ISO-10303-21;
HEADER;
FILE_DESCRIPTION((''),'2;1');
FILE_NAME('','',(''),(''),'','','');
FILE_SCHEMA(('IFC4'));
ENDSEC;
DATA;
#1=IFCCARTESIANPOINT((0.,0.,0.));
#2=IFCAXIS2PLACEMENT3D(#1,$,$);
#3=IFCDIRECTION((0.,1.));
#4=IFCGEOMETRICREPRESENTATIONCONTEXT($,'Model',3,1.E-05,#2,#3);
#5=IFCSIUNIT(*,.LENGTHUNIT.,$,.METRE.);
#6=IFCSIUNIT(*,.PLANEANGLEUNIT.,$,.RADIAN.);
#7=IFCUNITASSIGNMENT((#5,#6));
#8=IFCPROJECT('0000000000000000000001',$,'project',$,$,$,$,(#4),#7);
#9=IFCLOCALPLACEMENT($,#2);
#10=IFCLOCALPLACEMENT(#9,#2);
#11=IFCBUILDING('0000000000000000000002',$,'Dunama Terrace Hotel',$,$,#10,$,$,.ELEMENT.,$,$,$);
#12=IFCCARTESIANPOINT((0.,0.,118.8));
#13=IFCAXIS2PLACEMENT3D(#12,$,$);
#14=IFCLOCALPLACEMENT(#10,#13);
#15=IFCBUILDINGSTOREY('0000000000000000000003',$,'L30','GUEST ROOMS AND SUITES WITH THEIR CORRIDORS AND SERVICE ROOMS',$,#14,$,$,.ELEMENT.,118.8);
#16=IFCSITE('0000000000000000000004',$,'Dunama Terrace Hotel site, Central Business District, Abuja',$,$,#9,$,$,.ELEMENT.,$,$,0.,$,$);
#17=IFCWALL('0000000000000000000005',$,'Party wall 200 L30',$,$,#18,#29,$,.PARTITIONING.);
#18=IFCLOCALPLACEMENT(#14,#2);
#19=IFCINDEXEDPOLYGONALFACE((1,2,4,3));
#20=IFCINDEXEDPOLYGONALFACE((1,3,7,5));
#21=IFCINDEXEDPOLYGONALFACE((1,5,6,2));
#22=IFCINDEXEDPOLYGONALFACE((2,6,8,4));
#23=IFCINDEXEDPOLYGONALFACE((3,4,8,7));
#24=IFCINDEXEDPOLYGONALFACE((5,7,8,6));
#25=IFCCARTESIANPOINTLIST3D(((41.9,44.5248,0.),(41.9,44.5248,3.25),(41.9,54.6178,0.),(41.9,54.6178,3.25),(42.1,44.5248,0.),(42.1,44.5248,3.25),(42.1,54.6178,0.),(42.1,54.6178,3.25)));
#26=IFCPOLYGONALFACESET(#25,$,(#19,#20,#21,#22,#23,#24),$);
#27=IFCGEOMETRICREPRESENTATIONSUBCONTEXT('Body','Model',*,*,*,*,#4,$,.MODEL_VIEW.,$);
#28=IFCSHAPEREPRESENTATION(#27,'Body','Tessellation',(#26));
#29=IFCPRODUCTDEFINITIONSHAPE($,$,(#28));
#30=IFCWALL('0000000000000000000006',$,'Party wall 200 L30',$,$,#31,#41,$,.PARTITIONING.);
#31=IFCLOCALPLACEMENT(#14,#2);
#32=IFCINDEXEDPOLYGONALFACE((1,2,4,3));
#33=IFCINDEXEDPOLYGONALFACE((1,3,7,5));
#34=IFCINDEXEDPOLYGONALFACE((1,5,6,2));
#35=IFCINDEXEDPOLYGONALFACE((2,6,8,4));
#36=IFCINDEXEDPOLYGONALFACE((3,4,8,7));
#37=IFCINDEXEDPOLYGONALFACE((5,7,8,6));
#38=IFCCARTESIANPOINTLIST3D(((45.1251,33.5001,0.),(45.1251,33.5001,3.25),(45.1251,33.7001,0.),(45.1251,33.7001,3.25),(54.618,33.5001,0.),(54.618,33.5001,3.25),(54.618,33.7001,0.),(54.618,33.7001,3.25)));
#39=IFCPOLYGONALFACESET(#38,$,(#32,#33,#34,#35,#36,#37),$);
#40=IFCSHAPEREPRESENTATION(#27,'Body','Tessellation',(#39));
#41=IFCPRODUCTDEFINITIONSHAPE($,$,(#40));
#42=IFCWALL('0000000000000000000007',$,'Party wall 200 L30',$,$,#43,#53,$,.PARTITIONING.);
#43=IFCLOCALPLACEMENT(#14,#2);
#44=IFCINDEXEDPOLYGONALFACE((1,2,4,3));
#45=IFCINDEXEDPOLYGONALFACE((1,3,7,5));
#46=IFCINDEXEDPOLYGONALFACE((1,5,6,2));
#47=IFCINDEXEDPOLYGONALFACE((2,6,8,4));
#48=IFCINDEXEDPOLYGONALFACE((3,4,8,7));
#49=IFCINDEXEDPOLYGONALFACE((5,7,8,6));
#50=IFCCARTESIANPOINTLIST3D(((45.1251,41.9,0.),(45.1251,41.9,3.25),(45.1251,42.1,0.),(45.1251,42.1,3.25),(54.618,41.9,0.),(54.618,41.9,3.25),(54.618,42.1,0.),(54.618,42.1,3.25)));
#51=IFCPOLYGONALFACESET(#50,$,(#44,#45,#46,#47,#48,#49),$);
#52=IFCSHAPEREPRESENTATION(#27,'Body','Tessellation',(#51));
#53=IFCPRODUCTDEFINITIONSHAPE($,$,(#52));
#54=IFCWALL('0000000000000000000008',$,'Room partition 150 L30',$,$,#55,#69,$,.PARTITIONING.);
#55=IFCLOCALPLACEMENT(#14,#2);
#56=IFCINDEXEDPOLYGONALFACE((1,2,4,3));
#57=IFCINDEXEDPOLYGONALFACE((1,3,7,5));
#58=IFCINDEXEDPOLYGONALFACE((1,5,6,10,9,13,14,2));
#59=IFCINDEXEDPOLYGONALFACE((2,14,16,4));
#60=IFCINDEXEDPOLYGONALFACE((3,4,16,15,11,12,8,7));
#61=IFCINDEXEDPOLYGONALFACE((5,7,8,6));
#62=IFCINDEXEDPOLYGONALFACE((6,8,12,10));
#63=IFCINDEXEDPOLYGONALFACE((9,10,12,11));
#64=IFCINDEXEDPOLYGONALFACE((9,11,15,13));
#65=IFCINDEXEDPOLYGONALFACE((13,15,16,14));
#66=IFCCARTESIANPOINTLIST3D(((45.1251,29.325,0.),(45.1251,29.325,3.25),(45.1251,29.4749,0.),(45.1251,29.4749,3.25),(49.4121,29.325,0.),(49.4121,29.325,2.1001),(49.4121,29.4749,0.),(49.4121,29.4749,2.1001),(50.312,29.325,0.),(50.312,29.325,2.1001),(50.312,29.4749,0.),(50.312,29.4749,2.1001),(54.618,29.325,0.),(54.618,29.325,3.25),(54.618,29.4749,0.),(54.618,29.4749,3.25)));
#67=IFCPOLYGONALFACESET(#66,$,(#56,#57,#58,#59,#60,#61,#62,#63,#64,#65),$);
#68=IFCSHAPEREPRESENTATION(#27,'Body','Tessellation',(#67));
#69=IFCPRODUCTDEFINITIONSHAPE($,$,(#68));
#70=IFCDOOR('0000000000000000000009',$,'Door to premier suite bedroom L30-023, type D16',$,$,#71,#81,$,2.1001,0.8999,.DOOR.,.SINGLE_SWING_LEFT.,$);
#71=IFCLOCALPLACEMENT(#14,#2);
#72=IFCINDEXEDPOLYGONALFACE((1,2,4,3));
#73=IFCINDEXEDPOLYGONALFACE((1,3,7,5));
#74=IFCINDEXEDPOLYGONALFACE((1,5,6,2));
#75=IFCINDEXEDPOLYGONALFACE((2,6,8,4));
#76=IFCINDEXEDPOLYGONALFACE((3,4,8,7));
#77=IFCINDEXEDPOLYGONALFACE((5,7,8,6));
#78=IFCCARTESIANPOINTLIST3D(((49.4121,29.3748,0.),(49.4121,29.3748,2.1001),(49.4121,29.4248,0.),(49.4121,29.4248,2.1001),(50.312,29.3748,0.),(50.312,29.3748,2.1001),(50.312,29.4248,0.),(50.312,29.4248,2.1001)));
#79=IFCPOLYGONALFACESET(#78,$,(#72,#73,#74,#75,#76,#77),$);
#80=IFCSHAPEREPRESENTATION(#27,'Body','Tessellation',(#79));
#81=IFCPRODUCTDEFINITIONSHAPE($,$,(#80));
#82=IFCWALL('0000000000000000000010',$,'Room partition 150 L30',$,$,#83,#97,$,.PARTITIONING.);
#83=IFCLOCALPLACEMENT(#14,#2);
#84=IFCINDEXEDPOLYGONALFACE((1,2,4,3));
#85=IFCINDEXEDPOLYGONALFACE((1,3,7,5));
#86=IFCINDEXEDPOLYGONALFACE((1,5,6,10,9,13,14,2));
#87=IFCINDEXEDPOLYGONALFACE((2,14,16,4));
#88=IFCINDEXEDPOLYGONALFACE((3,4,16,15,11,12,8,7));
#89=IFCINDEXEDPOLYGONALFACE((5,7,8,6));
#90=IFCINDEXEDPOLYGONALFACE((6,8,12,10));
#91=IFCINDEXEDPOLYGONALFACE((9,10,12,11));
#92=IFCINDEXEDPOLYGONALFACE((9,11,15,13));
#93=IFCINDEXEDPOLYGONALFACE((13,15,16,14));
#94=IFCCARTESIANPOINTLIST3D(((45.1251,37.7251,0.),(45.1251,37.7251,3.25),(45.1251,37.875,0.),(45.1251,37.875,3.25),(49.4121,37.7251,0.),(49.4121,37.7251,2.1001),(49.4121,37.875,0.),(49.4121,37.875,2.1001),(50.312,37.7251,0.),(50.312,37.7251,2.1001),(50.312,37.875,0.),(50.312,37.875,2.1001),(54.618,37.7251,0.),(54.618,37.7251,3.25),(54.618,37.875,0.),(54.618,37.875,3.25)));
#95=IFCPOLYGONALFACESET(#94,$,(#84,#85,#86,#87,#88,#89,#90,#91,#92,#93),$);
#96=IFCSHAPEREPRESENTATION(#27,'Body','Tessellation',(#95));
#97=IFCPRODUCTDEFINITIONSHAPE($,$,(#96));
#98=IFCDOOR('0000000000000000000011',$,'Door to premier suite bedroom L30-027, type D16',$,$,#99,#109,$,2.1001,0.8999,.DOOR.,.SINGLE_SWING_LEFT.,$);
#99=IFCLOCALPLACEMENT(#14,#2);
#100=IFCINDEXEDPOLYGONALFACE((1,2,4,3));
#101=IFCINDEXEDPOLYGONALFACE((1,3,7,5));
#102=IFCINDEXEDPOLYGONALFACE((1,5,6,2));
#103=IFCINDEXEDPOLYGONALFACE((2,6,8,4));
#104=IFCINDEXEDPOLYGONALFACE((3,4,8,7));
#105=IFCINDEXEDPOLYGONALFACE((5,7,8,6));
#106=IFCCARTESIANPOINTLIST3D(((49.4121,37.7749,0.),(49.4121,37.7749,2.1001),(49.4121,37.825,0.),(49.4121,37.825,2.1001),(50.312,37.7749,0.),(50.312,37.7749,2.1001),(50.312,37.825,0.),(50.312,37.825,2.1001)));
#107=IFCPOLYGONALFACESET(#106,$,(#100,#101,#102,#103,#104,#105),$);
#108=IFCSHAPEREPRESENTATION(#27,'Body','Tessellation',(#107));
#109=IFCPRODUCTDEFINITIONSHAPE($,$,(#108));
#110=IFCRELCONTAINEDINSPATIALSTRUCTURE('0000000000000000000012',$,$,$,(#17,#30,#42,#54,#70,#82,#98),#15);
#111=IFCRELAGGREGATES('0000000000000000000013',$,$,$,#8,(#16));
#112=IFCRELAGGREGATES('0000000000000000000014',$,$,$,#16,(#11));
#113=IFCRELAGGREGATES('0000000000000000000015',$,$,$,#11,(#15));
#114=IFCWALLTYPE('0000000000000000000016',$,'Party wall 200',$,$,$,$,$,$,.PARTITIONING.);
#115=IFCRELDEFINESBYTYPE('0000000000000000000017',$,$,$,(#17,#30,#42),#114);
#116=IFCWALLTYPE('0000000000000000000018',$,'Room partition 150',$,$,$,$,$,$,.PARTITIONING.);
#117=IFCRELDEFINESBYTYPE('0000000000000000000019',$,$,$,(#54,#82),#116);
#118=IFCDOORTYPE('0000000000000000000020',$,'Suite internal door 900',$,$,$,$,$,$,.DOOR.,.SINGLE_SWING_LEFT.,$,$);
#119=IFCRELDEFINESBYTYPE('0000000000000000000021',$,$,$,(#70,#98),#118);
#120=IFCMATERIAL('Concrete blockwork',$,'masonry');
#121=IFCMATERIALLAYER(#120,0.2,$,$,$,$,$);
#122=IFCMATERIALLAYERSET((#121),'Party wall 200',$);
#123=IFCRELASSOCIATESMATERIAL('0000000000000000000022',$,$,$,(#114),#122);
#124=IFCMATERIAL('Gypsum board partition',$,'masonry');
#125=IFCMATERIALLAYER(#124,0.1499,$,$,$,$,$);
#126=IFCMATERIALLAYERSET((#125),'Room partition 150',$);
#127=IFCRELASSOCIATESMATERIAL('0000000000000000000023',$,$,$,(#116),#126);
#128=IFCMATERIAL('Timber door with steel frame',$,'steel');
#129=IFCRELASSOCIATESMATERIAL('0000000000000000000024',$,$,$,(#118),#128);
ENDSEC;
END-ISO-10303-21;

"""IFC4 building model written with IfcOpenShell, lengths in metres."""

from ifc_helpers import new_model, si_unit, direction, frame, frame_2d, origin, place, context, subcontext, project, spatial, rectangle, extrude, material, layer, layer_set, type_object, element, fill, save


model = new_model("IFC4")

# Units and contexts
model_context = context("Model", 3, precision=1e-05, world=origin(), true_north=direction((0.0, 1.0)))
body_context = subcontext(model_context, "Body", "Model", "MODEL_VIEW")
ifc_project = project(units=[si_unit("LENGTHUNIT", "METRE"), si_unit("PLANEANGLEUNIT", "RADIAN")], contexts=[model_context])

# Site, building, storey
site_placement = place(None, origin())
site = spatial("IfcSite", under=ifc_project, at=site_placement, Name="Dunama Terrace Hotel site, Central Business District, Abuja", CompositionType="ELEMENT", RefElevation=0.0)
building_placement = place(site_placement, origin())
building = spatial("IfcBuilding", under=site, at=building_placement, Name="Dunama Terrace Hotel", CompositionType="ELEMENT")
storey_placement = place(building_placement, frame((0.0, 0.0, 118.8)))
storey = spatial("IfcBuildingStorey", under=building, at=storey_placement, Name="L30", Description="GUEST ROOMS AND SUITES WITH THEIR CORRIDORS AND SERVICE ROOMS", CompositionType="ELEMENT", Elevation=118.8)

# Walls
ifc_material_1 = material(Name="Concrete blockwork", Category="masonry")
ifc_layer_1 = layer(ifc_material_1, 0.2)
ifc_layer_set_1 = layer_set([ifc_layer_1], Name="Party wall 200")
wall_type_1 = type_object("IfcWallType", Name="Party wall 200", PredefinedType="PARTITIONING", material=ifc_layer_set_1)
wall_1_placement = place(storey_placement, frame((42.0, 44.5249, 0.0), z_axis=(0.0, 0.0, 1.0), x_axis=(0.0, 1.0, 0.0)))
element("IfcWall", 1, at=wall_1_placement, inside=storey, type_object=wall_type_1, Name="Party wall 200 L30", PredefinedType="PARTITIONING", context=body_context, shape_type="SweptSolid", body=[
    extrude(rectangle(XDim=10.093, YDim=0.2, at=frame_2d((5.0464, 0.0))), origin(), (0.0, 0.0, 1.0), 3.25),
])
for number, where, z_axis, x_axis, name in (
    (2, (45.125, 33.6001, 0.0), (0.0, 0.0, 1.0), (1.0, 0.0, 0.0), "Party wall 200 L30"),
    (3, (45.125, 42.0, 0.0), (0.0, 0.0, 1.0), (1.0, 0.0, 0.0), "Party wall 200 L30"),
):
    element("IfcWall", number, at=place(storey_placement, frame(where, z_axis=z_axis, x_axis=x_axis)), inside=storey, type_object=wall_type_1, Name=name, PredefinedType="PARTITIONING", context=body_context, shape_type="SweptSolid", body=[
        extrude(rectangle(XDim=9.4929, YDim=0.2, at=frame_2d((4.7466, 0.0))), origin(), (0.0, 0.0, 1.0), 3.25),
    ])

# Walls, openings, doors
ifc_material_2 = material(Name="Gypsum board partition", Category="masonry")
ifc_layer_2 = layer(ifc_material_2, 0.1499)
ifc_layer_set_2 = layer_set([ifc_layer_2], Name="Room partition 150")
wall_type_2 = type_object("IfcWallType", Name="Room partition 150", PredefinedType="PARTITIONING", material=ifc_layer_set_2)
wall_2_placement = place(storey_placement, frame((45.125, 29.3999, 0.0), z_axis=(0.0, 0.0, 1.0), x_axis=(1.0, 0.0, 0.0)))
wall_2 = element("IfcWall", 4, at=wall_2_placement, inside=storey, type_object=wall_type_2, Name="Room partition 150 L30", PredefinedType="PARTITIONING", context=body_context, shape_type="SweptSolid", body=[
    extrude(rectangle(XDim=9.4929, YDim=0.1499, at=frame_2d((4.7466, 0.0))), origin(), (0.0, 0.0, 1.0), 3.25),
])
opening_1_placement = place(wall_2_placement, frame((4.2871, 0.0, 0.0)))
opening_1 = element("IfcOpeningElement", 5, at=opening_1_placement, cuts=wall_2, PredefinedType="OPENING", context=body_context, shape_type="SweptSolid", body=[
    extrude(rectangle(XDim=0.8999, YDim=2.1001, at=frame_2d((0.45, 1.05))), frame((0.0, 0.085, 0.0), z_axis=(0.0, -1.0, 0.0), x_axis=(1.0, 0.0, 0.0)), (0.0, 0.0, 1.0), 0.1699),
])
ifc_material_3 = material(Name="Timber door with steel frame", Category="steel")
door_type_1 = type_object("IfcDoorType", Name="Suite internal door 900", OperationType="SINGLE_SWING_LEFT", PredefinedType="DOOR", material=ifc_material_3)
door_1_placement = place(opening_1_placement, origin())
door_1 = element("IfcDoor", 6, at=door_1_placement, inside=storey, type_object=door_type_1, Name="Door to premier suite bedroom L30-023, type D16", OperationType="SINGLE_SWING_LEFT", OverallHeight=2.1001, OverallWidth=0.8999, PredefinedType="DOOR", context=body_context, shape_type="SweptSolid", body=[
    extrude(rectangle(XDim=0.8999, YDim=2.1001, at=frame_2d((0.45, 1.05))), frame((0.0, 0.0249, 0.0), z_axis=(0.0, -1.0, 0.0), x_axis=(1.0, 0.0, 0.0)), (0.0, 0.0, 1.0), 0.05),
])
fill(opening_1, door_1)
wall_3_placement = place(storey_placement, frame((45.125, 37.8, 0.0), z_axis=(0.0, 0.0, 1.0), x_axis=(1.0, 0.0, 0.0)))
wall_3 = element("IfcWall", 7, at=wall_3_placement, inside=storey, type_object=wall_type_2, Name="Room partition 150 L30", PredefinedType="PARTITIONING", context=body_context, shape_type="SweptSolid", body=[
    extrude(rectangle(XDim=9.4929, YDim=0.1499, at=frame_2d((4.7466, 0.0))), origin(), (0.0, 0.0, 1.0), 3.25),
])
opening_2_placement = place(wall_3_placement, frame((4.2871, 0.0, 0.0)))
opening_2 = element("IfcOpeningElement", 8, at=opening_2_placement, cuts=wall_3, PredefinedType="OPENING", context=body_context, shape_type="SweptSolid", body=[
    extrude(rectangle(XDim=0.8999, YDim=2.1001, at=frame_2d((0.45, 1.05))), frame((0.0, 0.085, 0.0), z_axis=(0.0, -1.0, 0.0), x_axis=(1.0, 0.0, 0.0)), (0.0, 0.0, 1.0), 0.1699),
])
door_2_placement = place(opening_2_placement, origin())
door_2 = element("IfcDoor", 9, at=door_2_placement, inside=storey, type_object=door_type_1, Name="Door to premier suite bedroom L30-027, type D16", OperationType="SINGLE_SWING_LEFT", OverallHeight=2.1001, OverallWidth=0.8999, PredefinedType="DOOR", context=body_context, shape_type="SweptSolid", body=[
    extrude(rectangle(XDim=0.8999, YDim=2.1001, at=frame_2d((0.45, 1.05))), frame((0.0, 0.0249, 0.0), z_axis=(0.0, -1.0, 0.0), x_axis=(1.0, 0.0, 0.0)), (0.0, 0.0, 1.0), 0.05),
])
fill(opening_2, door_2)

save(model, "model.ifc")
